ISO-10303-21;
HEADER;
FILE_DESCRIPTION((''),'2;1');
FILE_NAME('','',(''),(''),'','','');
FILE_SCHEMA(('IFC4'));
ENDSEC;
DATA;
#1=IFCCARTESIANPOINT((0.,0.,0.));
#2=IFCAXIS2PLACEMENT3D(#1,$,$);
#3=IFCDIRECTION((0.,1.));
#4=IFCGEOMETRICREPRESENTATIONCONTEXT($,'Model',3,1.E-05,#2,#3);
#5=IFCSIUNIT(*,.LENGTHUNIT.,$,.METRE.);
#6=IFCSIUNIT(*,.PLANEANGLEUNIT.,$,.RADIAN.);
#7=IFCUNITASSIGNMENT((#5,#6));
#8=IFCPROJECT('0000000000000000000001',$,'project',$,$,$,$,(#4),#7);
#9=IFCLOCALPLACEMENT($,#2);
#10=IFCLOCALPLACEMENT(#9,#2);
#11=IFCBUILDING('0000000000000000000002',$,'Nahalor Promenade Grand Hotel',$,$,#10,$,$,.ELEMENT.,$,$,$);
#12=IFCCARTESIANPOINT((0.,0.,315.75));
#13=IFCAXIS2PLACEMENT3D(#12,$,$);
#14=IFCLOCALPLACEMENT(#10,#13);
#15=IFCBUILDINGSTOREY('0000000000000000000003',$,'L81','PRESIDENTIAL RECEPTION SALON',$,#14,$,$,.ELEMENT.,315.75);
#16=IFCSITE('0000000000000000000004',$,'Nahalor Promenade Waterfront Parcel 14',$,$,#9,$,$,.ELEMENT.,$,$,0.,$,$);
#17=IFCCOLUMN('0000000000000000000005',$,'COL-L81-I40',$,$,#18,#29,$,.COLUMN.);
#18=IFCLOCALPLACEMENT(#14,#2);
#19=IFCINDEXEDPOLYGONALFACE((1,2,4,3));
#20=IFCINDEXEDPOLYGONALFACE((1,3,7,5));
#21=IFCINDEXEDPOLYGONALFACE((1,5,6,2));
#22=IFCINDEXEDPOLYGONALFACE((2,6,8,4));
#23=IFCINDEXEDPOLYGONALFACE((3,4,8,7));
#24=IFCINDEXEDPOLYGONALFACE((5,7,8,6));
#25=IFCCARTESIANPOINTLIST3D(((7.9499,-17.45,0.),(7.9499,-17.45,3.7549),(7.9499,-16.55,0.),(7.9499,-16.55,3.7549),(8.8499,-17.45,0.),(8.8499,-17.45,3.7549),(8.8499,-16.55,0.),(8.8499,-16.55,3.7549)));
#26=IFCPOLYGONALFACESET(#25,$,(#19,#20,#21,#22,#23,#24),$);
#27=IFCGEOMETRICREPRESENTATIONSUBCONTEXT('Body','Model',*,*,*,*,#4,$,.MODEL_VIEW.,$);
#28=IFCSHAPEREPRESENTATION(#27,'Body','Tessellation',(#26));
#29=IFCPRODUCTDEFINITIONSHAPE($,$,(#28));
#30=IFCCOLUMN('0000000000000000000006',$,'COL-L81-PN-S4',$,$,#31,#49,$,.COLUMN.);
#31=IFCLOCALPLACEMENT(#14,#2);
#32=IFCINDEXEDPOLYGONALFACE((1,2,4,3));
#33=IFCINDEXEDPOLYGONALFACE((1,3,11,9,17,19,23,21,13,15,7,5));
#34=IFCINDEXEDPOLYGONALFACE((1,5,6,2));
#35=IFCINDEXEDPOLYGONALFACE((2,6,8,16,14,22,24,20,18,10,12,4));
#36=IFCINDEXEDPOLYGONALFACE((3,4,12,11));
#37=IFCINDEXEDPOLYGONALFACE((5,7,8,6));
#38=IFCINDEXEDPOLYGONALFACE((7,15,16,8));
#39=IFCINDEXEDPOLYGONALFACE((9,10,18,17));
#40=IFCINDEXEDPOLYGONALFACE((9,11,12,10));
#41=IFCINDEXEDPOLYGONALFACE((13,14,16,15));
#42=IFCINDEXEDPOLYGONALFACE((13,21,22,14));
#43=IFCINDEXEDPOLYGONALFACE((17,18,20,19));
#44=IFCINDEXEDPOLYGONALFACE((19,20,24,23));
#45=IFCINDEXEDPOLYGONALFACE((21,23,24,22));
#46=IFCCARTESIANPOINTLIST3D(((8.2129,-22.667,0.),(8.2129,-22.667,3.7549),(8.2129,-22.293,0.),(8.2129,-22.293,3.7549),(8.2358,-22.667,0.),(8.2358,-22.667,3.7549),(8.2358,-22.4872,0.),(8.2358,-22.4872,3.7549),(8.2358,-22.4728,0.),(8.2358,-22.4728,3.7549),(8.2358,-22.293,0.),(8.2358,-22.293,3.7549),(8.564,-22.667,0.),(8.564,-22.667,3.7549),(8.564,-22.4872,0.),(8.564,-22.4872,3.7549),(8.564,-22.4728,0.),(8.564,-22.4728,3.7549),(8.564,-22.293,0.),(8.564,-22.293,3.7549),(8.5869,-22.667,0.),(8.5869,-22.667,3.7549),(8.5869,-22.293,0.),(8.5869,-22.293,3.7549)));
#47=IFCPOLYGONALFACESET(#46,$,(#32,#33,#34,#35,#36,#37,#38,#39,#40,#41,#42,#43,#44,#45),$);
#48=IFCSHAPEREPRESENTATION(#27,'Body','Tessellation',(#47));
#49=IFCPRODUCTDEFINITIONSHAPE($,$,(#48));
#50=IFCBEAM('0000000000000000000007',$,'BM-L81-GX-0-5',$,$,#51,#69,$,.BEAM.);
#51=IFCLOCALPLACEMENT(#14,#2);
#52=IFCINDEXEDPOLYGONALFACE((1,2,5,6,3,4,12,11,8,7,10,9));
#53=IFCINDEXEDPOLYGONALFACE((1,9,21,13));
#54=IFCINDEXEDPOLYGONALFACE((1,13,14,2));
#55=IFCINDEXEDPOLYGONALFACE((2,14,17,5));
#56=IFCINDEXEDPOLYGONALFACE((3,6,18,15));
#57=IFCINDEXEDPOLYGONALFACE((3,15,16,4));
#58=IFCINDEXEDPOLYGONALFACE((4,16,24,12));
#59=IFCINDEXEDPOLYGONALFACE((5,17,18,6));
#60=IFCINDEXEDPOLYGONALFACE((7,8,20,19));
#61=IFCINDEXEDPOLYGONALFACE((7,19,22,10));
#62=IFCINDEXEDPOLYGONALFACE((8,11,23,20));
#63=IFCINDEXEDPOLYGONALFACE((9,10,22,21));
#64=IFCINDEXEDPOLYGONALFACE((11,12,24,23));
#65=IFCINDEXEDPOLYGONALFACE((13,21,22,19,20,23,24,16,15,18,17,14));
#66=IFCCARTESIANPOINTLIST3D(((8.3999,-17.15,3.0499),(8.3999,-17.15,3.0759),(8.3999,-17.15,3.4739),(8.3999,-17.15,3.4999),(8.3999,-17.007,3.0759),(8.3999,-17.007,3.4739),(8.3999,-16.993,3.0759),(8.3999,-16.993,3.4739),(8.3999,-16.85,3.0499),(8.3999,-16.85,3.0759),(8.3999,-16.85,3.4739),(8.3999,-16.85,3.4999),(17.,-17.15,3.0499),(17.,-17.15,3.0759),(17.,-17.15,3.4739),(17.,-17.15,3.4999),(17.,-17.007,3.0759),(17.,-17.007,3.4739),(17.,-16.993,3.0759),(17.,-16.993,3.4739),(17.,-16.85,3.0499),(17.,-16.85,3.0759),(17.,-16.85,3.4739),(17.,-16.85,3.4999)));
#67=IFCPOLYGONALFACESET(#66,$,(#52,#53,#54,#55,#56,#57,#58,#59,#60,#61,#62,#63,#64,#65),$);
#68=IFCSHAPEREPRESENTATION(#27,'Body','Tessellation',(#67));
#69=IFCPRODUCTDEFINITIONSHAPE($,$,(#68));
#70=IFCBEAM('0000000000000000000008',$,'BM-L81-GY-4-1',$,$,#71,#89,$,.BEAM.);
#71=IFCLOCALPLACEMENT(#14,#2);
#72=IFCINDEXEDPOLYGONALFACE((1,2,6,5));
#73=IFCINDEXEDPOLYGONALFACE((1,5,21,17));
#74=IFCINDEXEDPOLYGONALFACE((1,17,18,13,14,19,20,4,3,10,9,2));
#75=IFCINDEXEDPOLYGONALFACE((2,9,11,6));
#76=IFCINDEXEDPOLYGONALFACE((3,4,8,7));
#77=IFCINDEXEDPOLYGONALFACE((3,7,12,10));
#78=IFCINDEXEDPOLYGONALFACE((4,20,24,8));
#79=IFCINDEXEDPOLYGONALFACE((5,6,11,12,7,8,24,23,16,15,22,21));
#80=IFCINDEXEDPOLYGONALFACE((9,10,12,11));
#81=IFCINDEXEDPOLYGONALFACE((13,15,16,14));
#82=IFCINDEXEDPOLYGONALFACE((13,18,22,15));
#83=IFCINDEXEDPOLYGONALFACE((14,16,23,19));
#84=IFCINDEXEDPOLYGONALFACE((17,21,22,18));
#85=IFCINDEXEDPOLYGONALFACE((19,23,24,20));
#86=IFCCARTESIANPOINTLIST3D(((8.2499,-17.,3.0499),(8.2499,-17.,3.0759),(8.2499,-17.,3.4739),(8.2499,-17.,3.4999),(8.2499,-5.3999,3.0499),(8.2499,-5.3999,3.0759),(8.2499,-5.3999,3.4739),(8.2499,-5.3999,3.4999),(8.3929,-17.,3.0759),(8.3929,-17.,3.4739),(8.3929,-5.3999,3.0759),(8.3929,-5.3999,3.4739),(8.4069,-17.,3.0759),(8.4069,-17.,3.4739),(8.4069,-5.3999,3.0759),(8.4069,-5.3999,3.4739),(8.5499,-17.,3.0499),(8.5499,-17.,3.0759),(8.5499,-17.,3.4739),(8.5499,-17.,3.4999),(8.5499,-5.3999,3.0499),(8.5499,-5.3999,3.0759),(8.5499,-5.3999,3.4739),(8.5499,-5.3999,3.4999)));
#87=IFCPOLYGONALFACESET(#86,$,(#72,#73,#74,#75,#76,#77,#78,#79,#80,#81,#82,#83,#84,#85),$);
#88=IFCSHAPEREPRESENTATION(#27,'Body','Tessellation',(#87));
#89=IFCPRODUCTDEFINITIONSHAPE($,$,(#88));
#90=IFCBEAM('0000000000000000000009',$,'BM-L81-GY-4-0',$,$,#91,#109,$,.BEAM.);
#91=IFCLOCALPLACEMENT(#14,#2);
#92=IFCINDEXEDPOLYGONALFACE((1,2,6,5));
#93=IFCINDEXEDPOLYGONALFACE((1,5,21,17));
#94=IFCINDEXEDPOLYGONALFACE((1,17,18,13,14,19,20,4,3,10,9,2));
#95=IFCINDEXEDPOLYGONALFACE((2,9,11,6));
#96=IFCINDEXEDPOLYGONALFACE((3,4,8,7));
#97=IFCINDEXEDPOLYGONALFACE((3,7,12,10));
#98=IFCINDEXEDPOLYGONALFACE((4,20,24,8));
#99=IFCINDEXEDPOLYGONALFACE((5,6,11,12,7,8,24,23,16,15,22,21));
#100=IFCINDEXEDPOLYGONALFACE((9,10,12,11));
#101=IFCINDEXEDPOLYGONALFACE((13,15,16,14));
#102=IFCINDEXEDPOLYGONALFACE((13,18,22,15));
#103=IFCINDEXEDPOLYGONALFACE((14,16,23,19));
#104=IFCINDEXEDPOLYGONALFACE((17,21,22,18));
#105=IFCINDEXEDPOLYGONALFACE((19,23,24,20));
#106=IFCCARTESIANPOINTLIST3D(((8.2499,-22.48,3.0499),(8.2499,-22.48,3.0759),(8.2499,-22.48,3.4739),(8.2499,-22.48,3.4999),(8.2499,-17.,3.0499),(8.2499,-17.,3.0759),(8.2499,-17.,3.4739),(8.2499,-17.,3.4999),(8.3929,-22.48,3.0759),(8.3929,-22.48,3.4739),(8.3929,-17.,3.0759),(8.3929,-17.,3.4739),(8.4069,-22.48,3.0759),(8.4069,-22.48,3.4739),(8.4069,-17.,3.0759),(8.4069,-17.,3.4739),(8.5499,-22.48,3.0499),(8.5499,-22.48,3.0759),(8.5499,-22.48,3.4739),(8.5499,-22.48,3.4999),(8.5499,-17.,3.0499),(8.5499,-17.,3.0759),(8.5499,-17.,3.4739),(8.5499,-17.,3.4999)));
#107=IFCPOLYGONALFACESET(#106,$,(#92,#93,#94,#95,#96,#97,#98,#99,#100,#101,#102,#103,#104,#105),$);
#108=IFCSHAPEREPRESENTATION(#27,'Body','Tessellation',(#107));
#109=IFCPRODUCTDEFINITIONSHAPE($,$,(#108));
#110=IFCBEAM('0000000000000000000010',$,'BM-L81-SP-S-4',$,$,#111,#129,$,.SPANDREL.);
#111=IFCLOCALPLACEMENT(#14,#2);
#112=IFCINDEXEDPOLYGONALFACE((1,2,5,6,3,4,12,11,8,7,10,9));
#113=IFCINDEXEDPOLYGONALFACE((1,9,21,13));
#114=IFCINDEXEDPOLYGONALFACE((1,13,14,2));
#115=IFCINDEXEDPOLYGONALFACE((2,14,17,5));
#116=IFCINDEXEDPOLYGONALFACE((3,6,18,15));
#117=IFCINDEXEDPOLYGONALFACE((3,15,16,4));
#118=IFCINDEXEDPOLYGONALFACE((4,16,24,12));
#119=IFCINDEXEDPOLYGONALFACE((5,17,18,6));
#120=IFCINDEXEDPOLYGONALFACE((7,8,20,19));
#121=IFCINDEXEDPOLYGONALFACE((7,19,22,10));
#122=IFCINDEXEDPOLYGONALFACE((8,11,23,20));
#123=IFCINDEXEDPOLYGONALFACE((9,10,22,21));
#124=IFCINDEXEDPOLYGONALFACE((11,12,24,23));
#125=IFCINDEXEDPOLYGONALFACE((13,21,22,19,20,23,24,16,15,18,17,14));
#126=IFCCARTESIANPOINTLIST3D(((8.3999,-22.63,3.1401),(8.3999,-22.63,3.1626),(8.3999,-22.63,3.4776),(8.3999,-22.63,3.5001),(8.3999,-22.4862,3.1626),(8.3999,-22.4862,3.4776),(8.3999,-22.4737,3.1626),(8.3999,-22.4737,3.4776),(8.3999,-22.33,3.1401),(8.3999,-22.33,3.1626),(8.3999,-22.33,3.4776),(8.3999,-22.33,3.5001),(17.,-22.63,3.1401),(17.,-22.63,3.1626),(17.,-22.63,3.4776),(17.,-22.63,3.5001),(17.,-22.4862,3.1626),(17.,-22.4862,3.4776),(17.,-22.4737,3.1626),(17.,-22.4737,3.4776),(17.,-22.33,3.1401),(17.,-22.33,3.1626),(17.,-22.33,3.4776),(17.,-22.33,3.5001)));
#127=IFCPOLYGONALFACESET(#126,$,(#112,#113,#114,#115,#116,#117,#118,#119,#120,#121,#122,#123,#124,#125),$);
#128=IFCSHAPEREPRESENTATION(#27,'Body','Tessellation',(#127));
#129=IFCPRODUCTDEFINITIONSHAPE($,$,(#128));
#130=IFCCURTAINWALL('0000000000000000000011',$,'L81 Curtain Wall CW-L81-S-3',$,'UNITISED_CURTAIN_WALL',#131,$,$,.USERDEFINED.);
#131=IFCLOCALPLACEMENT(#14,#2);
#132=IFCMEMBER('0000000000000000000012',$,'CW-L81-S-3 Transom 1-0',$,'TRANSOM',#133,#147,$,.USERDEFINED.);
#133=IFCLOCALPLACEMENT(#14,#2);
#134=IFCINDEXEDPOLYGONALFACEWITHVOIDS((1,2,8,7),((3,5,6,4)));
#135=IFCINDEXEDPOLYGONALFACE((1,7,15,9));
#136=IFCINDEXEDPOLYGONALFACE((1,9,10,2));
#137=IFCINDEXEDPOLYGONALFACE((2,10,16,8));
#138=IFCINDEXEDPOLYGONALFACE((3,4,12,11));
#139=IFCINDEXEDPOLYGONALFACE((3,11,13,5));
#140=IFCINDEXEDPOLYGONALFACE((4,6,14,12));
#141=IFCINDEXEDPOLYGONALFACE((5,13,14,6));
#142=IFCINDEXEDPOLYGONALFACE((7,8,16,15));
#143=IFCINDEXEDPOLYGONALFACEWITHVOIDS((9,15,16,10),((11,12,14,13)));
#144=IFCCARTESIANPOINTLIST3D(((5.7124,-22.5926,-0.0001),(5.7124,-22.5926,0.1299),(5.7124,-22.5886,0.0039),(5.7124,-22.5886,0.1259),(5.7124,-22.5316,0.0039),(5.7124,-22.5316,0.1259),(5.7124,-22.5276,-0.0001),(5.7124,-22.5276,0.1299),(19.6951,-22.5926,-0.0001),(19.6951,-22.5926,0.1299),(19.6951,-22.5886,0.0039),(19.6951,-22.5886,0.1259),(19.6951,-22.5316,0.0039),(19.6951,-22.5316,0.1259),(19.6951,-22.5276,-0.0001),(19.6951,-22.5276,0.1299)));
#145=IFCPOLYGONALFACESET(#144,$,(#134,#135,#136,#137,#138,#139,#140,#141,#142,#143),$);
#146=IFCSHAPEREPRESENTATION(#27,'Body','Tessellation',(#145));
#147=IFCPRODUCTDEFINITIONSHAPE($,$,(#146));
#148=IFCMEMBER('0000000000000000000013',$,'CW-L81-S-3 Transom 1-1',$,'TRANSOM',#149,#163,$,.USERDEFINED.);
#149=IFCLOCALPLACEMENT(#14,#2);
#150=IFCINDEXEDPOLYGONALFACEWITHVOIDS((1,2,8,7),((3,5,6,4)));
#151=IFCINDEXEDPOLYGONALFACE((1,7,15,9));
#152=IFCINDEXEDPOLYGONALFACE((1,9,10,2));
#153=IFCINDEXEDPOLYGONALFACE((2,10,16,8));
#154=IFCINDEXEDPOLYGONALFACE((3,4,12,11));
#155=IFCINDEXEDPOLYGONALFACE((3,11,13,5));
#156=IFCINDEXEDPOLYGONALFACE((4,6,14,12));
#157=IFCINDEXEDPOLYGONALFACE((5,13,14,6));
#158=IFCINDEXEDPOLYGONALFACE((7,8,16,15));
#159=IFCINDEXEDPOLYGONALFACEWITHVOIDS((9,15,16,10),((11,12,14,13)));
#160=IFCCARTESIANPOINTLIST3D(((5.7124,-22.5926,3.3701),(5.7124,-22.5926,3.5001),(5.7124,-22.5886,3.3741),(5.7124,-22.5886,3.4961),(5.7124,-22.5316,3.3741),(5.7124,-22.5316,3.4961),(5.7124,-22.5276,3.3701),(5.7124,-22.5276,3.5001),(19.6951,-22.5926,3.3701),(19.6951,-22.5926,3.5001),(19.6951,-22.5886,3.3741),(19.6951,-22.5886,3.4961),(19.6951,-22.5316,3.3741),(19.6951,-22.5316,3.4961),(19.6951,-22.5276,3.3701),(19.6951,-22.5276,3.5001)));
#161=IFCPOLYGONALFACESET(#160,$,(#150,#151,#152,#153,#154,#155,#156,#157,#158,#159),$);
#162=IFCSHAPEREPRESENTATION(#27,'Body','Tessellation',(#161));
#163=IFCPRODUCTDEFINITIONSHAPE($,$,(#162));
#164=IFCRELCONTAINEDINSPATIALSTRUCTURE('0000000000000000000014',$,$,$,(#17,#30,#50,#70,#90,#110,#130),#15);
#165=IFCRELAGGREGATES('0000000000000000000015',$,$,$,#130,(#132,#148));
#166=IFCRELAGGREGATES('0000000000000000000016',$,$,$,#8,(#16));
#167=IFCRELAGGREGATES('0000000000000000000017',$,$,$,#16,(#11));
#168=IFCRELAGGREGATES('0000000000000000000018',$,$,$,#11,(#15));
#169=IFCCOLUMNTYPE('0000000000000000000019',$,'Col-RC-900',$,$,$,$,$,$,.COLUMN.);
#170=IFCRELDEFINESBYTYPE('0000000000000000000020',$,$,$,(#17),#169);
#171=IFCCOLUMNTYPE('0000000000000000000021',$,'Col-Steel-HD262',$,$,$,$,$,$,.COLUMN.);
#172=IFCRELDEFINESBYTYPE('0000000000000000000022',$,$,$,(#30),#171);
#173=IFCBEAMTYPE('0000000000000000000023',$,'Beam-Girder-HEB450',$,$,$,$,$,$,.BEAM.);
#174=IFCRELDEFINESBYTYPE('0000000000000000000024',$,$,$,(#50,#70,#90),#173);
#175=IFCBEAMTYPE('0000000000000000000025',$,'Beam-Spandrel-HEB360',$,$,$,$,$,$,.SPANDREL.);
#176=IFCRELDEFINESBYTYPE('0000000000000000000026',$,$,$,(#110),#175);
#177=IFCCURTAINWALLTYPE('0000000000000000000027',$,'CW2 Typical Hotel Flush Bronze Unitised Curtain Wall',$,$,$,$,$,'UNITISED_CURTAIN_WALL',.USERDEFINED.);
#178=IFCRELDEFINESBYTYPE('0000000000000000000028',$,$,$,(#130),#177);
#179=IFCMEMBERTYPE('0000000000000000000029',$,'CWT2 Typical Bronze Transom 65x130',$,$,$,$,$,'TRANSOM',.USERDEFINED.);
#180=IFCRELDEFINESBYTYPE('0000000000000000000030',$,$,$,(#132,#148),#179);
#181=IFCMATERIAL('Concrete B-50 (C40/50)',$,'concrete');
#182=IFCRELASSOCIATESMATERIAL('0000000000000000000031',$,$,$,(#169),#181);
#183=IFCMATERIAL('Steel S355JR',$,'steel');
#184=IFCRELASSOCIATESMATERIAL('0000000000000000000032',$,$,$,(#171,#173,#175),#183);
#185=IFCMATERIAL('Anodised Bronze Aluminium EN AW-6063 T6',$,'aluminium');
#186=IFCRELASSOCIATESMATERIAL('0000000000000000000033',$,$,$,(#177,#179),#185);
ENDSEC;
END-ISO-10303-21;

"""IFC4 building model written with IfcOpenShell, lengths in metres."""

from ifc_helpers import new_model, si_unit, direction, frame, origin, origin_2d, place, context, subcontext, project, spatial, rectangle, hollow_rectangle, i_section, extrude, source, transform, mapped, material, material_profile, profile_set, type_object, element, aggregate, save


model = new_model("IFC4")

# Units and contexts
model_context = context("Model", 3, precision=1e-05, world=origin(), true_north=direction((0.0, 1.0)))
body_context = subcontext(model_context, "Body", "Model", "MODEL_VIEW")
ifc_project = project(units=[si_unit("LENGTHUNIT", "METRE"), si_unit("PLANEANGLEUNIT", "RADIAN")], contexts=[model_context])

# Site, building, storey
site_placement = place(None, origin())
site = spatial("IfcSite", under=ifc_project, at=site_placement, Name="Nahalor Promenade Waterfront Parcel 14", CompositionType="ELEMENT", RefElevation=0.0)
building_placement = place(site_placement, origin())
building = spatial("IfcBuilding", under=site, at=building_placement, Name="Nahalor Promenade Grand Hotel", CompositionType="ELEMENT")
storey_placement = place(building_placement, frame((0.0, 0.0, 315.75)))
storey = spatial("IfcBuildingStorey", under=building, at=storey_placement, Name="L81", Description="PRESIDENTIAL RECEPTION SALON", CompositionType="ELEMENT", Elevation=315.75)

# Columns
ifc_material_1 = material(Name="Concrete B-50 (C40/50)", Category="concrete")
ifc_material_profile_1 = material_profile(ifc_material_1, rectangle(XDim=0.9, YDim=0.9, at=origin_2d()), Name="RC 900x900")
ifc_profile_set_1 = profile_set([ifc_material_profile_1], Name="Concrete B-50 (C40/50)")
column_type_1 = type_object("IfcColumnType", Name="Col-RC-900", PredefinedType="COLUMN", material=ifc_profile_set_1)
shared_shape_1 = source(origin(), body_context, "Body", "SweptSolid", [
    extrude(rectangle(XDim=0.9, YDim=0.9, at=origin_2d()), origin(), (0.0, 0.0, 1.0), 3.7549),
])
column_1_placement = place(storey_placement, frame((8.3999, -17.0, 0.0), z_axis=(0.0, 0.0, 1.0), x_axis=(1.0, 0.0, 0.0)))
element("IfcColumn", 1, at=column_1_placement, inside=storey, type_object=column_type_1, Name="COL-L81-I40", PredefinedType="COLUMN", context=body_context, shape_type="MappedRepresentation", body=[
    mapped(shared_shape_1, transform((0.0, 0.0, 0.0), scale=1.0)),
])
ifc_material_2 = material(Name="Steel S355JR", Category="steel")
ifc_material_profile_2 = material_profile(ifc_material_2, i_section(OverallWidth=0.374, OverallDepth=0.374, WebThickness=0.0144, FlangeThickness=0.0229, at=origin_2d()), Name="HD 360x262")
ifc_profile_set_2 = profile_set([ifc_material_profile_2], Name="Steel S355JR")
column_type_2 = type_object("IfcColumnType", Name="Col-Steel-HD262", PredefinedType="COLUMN", material=ifc_profile_set_2)
shared_shape_2 = source(origin(), body_context, "Body", "SweptSolid", [
    extrude(i_section(OverallWidth=0.374, OverallDepth=0.374, WebThickness=0.0144, FlangeThickness=0.0229, at=origin_2d()), origin(), (0.0, 0.0, 1.0), 3.7549),
])
column_2_placement = place(storey_placement, frame((8.3999, -22.48, 0.0), z_axis=(0.0, 0.0, 1.0), x_axis=(0.0, 1.0, 0.0)))
element("IfcColumn", 2, at=column_2_placement, inside=storey, type_object=column_type_2, Name="COL-L81-PN-S4", PredefinedType="COLUMN", context=body_context, shape_type="MappedRepresentation", body=[
    mapped(shared_shape_2, transform((0.0, 0.0, 0.0), scale=1.0)),
])

# Beams
ifc_material_profile_3 = material_profile(ifc_material_2, i_section(OverallWidth=0.3, OverallDepth=0.45, WebThickness=0.014, FlangeThickness=0.026, at=origin_2d()), Name="HEB 450")
ifc_profile_set_3 = profile_set([ifc_material_profile_3], Name="Steel S355JR")
beam_type_1 = type_object("IfcBeamType", Name="Beam-Girder-HEB450", PredefinedType="BEAM", material=ifc_profile_set_3)
shared_shape_3 = source(origin(), body_context, "Body", "SweptSolid", [
    extrude(i_section(OverallWidth=0.3, OverallDepth=0.45, WebThickness=0.014, FlangeThickness=0.026, at=origin_2d()), origin(), (0.0, 0.0, 1.0), 8.6001),
])
beam_1_placement = place(storey_placement, frame((8.3999, -17.0, 3.2749), z_axis=(1.0, 0.0, 0.0), x_axis=(0.0, 1.0, 0.0)))
element("IfcBeam", 3, at=beam_1_placement, inside=storey, type_object=beam_type_1, Name="BM-L81-GX-0-5", PredefinedType="BEAM", context=body_context, shape_type="MappedRepresentation", body=[
    mapped(shared_shape_3, transform((0.0, 0.0, 0.0), scale=1.0)),
])
shared_shape_4 = source(origin(), body_context, "Body", "SweptSolid", [
    extrude(i_section(OverallWidth=0.3, OverallDepth=0.45, WebThickness=0.014, FlangeThickness=0.026, at=origin_2d()), origin(), (0.0, 0.0, 1.0), 11.6001),
])
beam_2_placement = place(storey_placement, frame((8.3999, -17.0, 3.2749), z_axis=(0.0, 1.0, 0.0), x_axis=(-1.0, 0.0, 0.0)))
element("IfcBeam", 4, at=beam_2_placement, inside=storey, type_object=beam_type_1, Name="BM-L81-GY-4-1", PredefinedType="BEAM", context=body_context, shape_type="MappedRepresentation", body=[
    mapped(shared_shape_4, transform((0.0, 0.0, 0.0), scale=1.0)),
])
shared_shape_5 = source(origin(), body_context, "Body", "SweptSolid", [
    extrude(i_section(OverallWidth=0.3, OverallDepth=0.45, WebThickness=0.014, FlangeThickness=0.026, at=origin_2d()), origin(), (0.0, 0.0, 1.0), 5.48),
])
beam_3_placement = place(storey_placement, frame((8.3999, -22.48, 3.2749), z_axis=(0.0, 1.0, 0.0), x_axis=(-1.0, 0.0, 0.0)))
element("IfcBeam", 5, at=beam_3_placement, inside=storey, type_object=beam_type_1, Name="BM-L81-GY-4-0", PredefinedType="BEAM", context=body_context, shape_type="MappedRepresentation", body=[
    mapped(shared_shape_5, transform((0.0, 0.0, 0.0), scale=1.0)),
])
ifc_material_profile_4 = material_profile(ifc_material_2, i_section(OverallWidth=0.3, OverallDepth=0.36, WebThickness=0.0125, FlangeThickness=0.0225, at=origin_2d()), Name="HEB 360")
ifc_profile_set_4 = profile_set([ifc_material_profile_4], Name="Steel S355JR")
beam_type_2 = type_object("IfcBeamType", Name="Beam-Spandrel-HEB360", PredefinedType="SPANDREL", material=ifc_profile_set_4)
shared_shape_6 = source(origin(), body_context, "Body", "SweptSolid", [
    extrude(i_section(OverallWidth=0.3, OverallDepth=0.36, WebThickness=0.0125, FlangeThickness=0.0225, at=origin_2d()), origin(), (0.0, 0.0, 1.0), 8.6001),
])
beam_4_placement = place(storey_placement, frame((8.3999, -22.48, 3.3201), z_axis=(1.0, 0.0, 0.0), x_axis=(0.0, 1.0, 0.0)))
element("IfcBeam", 6, at=beam_4_placement, inside=storey, type_object=beam_type_2, Name="BM-L81-SP-S-4", PredefinedType="SPANDREL", context=body_context, shape_type="MappedRepresentation", body=[
    mapped(shared_shape_6, transform((0.0, 0.0, 0.0), scale=1.0)),
])

# Curtain wall, members
ifc_material_3 = material(Name="Anodised Bronze Aluminium EN AW-6063 T6", Category="aluminium")
curtain_wall_type = type_object("IfcCurtainWallType", Name="CW2 Typical Hotel Flush Bronze Unitised Curtain Wall", ElementType="UNITISED_CURTAIN_WALL", PredefinedType="USERDEFINED", material=ifc_material_3)
curtain_wall_placement = place(storey_placement, origin())
curtain_wall = element("IfcCurtainWall", 7, at=curtain_wall_placement, inside=storey, type_object=curtain_wall_type, Name="L81 Curtain Wall CW-L81-S-3", ObjectType="UNITISED_CURTAIN_WALL", PredefinedType="USERDEFINED")
ifc_material_profile_5 = material_profile(ifc_material_3, hollow_rectangle(XDim=0.065, YDim=0.13, WallThickness=0.004, at=origin_2d()), Name="CWT 65x130x4")
ifc_profile_set_5 = profile_set([ifc_material_profile_5], Name="Anodised Bronze Aluminium EN AW-6063 T6")
member_type_1 = type_object("IfcMemberType", Name="CWT2 Typical Bronze Transom 65x130", ElementType="TRANSOM", PredefinedType="USERDEFINED", material=ifc_profile_set_5)
shared_shape_7 = source(origin(), body_context, "Body", "SweptSolid", [
    extrude(hollow_rectangle(XDim=0.065, YDim=0.13, WallThickness=0.004, at=origin_2d()), origin(), (0.0, 0.0, 1.0), 13.9827),
])
member_1_placement = place(storey_placement, frame((5.7124, -22.5601, 0.0649), z_axis=(1.0, 0.0, 0.0), x_axis=(0.0, 1.0, 0.0)))
member_1 = element("IfcMember", 8, at=member_1_placement, type_object=member_type_1, Name="CW-L81-S-3 Transom 1-0", ObjectType="TRANSOM", PredefinedType="USERDEFINED", context=body_context, shape_type="MappedRepresentation", body=[
    mapped(shared_shape_7, transform((0.0, 0.0, 0.0), scale=1.0)),
])
member_2_placement = place(storey_placement, frame((5.7124, -22.5601, 3.4351), z_axis=(1.0, 0.0, 0.0), x_axis=(0.0, 1.0, 0.0)))
member_2 = element("IfcMember", 9, at=member_2_placement, type_object=member_type_1, Name="CW-L81-S-3 Transom 1-1", ObjectType="TRANSOM", PredefinedType="USERDEFINED", context=body_context, shape_type="MappedRepresentation", body=[
    mapped(shared_shape_7, transform((0.0, 0.0, 0.0), scale=1.0)),
])
aggregate(curtain_wall, [member_1, member_2])

save(model, "model.ifc")
